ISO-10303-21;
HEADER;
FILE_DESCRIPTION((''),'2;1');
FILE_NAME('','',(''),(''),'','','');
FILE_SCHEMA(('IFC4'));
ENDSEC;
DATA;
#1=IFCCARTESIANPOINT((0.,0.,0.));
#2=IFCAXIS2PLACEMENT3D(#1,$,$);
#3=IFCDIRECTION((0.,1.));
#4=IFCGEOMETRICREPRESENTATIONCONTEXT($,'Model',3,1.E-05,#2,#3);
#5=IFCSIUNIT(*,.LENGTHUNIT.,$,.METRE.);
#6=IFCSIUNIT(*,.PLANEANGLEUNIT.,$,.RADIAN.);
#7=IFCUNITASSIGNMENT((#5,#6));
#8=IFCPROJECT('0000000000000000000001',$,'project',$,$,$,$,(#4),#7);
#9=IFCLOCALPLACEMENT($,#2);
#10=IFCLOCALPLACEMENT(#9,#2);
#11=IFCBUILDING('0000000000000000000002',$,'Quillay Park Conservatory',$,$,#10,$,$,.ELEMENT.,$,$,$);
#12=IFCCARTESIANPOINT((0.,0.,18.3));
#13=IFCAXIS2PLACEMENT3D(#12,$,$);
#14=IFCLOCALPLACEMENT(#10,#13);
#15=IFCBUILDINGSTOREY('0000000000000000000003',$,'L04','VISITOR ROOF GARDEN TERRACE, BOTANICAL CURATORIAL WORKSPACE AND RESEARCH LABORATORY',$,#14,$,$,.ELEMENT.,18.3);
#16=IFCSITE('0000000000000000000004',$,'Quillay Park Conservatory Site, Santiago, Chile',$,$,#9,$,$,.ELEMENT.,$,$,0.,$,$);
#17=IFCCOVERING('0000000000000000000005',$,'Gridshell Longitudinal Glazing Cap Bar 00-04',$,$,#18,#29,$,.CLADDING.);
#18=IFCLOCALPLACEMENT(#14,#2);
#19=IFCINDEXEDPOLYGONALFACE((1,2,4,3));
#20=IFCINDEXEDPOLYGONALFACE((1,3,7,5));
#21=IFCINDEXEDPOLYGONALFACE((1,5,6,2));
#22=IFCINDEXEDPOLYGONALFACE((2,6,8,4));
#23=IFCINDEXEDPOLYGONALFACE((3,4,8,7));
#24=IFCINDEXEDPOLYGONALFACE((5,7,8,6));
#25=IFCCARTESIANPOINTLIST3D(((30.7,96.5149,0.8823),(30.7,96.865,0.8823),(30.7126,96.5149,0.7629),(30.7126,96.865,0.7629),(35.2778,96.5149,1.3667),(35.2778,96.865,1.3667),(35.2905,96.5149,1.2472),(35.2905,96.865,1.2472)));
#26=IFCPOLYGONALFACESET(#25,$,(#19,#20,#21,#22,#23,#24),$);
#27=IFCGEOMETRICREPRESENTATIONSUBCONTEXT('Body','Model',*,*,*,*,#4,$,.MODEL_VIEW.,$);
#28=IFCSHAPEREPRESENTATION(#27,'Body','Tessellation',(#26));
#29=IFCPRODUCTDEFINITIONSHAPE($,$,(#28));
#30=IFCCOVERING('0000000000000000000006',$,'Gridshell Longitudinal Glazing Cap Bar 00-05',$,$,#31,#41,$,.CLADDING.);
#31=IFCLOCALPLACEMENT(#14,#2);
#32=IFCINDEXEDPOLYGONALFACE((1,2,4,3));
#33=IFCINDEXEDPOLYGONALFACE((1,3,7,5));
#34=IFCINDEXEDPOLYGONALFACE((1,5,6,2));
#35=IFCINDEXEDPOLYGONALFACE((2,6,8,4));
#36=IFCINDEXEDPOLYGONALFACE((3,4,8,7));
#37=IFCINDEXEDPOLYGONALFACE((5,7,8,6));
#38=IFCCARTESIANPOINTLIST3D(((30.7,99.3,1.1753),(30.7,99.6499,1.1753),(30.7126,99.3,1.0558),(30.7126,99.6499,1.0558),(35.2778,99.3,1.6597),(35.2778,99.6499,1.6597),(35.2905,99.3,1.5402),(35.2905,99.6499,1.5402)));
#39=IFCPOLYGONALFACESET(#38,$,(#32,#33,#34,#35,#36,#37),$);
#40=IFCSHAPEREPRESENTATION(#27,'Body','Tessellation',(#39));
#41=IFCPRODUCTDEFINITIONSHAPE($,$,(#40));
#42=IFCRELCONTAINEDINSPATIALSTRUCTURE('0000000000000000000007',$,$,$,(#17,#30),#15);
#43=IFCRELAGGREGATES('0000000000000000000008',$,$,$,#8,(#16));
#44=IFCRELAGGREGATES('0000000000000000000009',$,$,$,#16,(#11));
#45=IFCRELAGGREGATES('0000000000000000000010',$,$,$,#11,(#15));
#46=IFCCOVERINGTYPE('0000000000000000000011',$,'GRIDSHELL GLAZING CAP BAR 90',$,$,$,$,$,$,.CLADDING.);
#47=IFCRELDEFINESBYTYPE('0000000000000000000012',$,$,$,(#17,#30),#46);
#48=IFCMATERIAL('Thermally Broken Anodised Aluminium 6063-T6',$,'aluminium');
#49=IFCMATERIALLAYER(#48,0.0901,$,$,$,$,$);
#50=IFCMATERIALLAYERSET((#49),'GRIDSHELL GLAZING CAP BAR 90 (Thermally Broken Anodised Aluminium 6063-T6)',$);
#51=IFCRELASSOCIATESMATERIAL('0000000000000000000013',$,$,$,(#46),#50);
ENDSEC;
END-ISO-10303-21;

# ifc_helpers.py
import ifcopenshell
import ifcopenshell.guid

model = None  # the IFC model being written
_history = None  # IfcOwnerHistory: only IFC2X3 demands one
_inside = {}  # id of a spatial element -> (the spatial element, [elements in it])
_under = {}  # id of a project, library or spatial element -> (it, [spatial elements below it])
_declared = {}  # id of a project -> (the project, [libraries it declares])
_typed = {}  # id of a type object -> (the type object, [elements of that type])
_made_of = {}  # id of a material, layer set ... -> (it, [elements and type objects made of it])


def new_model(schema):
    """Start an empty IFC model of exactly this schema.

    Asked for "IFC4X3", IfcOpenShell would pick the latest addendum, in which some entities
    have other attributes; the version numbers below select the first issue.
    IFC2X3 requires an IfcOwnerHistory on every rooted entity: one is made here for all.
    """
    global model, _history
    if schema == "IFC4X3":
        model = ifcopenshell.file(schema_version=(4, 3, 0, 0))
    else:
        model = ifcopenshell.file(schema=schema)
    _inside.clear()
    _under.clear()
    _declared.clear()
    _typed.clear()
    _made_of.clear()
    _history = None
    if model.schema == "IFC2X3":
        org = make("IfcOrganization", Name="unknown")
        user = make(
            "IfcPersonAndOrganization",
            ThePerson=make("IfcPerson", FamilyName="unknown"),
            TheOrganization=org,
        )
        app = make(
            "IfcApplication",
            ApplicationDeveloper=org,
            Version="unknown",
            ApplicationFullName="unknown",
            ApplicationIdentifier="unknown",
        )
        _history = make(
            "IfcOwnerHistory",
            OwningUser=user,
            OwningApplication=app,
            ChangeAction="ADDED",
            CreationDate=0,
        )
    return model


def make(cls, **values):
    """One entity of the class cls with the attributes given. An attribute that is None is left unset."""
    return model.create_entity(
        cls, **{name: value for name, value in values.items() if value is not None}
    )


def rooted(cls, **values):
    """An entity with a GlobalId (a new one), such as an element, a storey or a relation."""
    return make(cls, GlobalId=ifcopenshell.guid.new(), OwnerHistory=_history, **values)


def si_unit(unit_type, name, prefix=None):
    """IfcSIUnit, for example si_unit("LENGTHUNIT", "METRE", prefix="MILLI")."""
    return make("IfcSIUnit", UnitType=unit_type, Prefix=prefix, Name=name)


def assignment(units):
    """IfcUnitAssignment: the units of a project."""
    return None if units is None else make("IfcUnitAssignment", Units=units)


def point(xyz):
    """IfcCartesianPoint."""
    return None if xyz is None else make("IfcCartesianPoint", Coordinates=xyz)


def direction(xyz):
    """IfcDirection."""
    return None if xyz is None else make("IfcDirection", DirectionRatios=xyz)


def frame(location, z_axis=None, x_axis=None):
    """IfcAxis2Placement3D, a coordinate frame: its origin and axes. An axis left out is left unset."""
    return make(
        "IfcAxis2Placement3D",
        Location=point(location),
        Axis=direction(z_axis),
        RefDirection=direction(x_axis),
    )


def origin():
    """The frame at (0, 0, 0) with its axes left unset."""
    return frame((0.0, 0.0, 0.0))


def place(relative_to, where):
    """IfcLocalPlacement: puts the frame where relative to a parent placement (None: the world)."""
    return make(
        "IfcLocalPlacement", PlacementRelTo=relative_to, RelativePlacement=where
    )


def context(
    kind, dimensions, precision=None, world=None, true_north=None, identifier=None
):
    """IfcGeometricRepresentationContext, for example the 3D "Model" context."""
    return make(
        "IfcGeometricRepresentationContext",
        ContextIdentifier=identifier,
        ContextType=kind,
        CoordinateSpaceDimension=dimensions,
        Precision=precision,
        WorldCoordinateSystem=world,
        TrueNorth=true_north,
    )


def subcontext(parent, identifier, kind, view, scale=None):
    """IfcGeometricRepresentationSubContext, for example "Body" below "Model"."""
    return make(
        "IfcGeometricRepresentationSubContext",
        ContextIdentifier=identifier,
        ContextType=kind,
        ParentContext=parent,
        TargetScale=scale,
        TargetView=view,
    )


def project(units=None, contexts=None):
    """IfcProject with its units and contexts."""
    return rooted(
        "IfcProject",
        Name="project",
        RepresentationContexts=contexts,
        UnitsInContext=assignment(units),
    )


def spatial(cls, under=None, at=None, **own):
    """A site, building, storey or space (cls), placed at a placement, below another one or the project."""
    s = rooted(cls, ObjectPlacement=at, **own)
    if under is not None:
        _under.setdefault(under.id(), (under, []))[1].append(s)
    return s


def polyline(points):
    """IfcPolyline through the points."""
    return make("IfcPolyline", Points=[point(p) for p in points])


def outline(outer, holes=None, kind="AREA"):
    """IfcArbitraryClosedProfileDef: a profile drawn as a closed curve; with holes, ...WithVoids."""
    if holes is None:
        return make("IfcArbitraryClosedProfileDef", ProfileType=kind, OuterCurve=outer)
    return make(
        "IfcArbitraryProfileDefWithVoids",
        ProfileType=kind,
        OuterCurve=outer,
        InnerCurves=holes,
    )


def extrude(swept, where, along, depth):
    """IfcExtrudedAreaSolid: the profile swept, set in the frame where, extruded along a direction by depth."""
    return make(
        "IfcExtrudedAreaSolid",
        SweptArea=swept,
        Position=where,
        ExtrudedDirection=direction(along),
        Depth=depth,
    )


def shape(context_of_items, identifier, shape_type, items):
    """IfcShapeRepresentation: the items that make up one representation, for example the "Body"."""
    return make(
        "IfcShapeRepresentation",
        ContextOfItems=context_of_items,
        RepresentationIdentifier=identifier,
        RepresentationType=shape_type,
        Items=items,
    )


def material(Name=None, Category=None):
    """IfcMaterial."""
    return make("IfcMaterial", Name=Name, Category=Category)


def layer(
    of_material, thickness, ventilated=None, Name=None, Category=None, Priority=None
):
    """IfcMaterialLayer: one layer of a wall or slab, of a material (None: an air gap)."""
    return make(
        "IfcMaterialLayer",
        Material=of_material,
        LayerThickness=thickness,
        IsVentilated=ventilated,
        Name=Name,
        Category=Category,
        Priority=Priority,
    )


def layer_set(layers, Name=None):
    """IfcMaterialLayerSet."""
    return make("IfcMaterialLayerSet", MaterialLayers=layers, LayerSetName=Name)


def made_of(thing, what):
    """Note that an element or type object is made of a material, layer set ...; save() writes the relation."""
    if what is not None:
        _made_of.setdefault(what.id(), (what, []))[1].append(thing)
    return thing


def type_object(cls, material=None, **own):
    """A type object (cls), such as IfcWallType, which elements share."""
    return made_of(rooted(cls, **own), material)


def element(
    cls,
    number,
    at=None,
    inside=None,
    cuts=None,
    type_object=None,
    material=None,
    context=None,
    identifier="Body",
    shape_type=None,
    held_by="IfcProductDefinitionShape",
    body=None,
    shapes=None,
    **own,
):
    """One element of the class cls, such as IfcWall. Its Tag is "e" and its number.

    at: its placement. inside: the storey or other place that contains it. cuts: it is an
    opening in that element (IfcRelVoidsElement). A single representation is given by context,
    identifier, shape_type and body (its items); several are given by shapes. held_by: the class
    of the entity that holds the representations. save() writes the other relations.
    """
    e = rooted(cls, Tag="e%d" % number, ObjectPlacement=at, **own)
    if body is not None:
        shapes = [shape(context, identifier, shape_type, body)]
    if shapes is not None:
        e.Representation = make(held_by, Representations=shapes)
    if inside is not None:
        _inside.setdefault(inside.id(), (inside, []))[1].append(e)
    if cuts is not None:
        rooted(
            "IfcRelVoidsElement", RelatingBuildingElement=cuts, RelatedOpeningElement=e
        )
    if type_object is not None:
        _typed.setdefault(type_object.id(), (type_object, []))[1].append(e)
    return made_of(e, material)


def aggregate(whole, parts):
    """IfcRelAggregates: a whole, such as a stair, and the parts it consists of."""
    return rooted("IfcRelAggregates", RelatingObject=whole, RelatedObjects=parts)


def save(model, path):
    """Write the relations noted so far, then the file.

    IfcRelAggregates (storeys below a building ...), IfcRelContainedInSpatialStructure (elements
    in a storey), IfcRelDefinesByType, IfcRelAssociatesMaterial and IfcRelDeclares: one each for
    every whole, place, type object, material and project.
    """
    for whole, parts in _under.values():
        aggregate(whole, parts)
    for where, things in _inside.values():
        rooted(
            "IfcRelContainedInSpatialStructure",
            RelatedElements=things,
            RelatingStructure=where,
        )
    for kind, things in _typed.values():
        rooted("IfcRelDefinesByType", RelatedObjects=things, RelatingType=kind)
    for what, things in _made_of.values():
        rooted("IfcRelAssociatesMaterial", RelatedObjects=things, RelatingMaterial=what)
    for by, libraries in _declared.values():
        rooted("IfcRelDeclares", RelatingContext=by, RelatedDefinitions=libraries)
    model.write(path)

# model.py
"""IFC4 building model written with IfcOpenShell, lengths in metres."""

from ifc_helpers import new_model, si_unit, direction, frame, origin, place, context, subcontext, project, spatial, polyline, outline, extrude, material, layer, layer_set, type_object, element, save


model = new_model("IFC4")

# Units and contexts
model_context = context("Model", 3, precision=1e-05, world=origin(), true_north=direction((0.0, 1.0)))
body_context = subcontext(model_context, "Body", "Model", "MODEL_VIEW")
ifc_project = project(units=[si_unit("LENGTHUNIT", "METRE"), si_unit("PLANEANGLEUNIT", "RADIAN")], contexts=[model_context])

# Site, building, storey
site_placement = place(None, origin())
site = spatial("IfcSite", under=ifc_project, at=site_placement, Name="Quillay Park Conservatory Site, Santiago, Chile", CompositionType="ELEMENT", RefElevation=0.0)
building_placement = place(site_placement, origin())
building = spatial("IfcBuilding", under=site, at=building_placement, Name="Quillay Park Conservatory", CompositionType="ELEMENT")
storey_placement = place(building_placement, frame((0.0, 0.0, 18.3)))
storey = spatial("IfcBuildingStorey", under=building, at=storey_placement, Name="L04", Description="VISITOR ROOF GARDEN TERRACE, BOTANICAL CURATORIAL WORKSPACE AND RESEARCH LABORATORY", CompositionType="ELEMENT", Elevation=18.3)

# Coverings
ifc_material_1 = material(Name="Thermally Broken Anodised Aluminium 6063-T6", Category="aluminium")
ifc_layer_1 = layer(ifc_material_1, 0.0901)
ifc_layer_set_1 = layer_set([ifc_layer_1], Name="GRIDSHELL GLAZING CAP BAR 90 (Thermally Broken Anodised Aluminium 6063-T6)")
covering_type = type_object("IfcCoveringType", Name="GRIDSHELL GLAZING CAP BAR 90", PredefinedType="CLADDING", material=ifc_layer_set_1)
covering_1_placement = place(storey_placement, frame((30.7, 96.5149, 0.8823), z_axis=(-0.10522, 0.0, 0.994449), x_axis=(0.994449, 0.0, 0.10522)))
element("IfcCovering", 1, at=covering_1_placement, inside=storey, type_object=covering_type, Name="Gridshell Longitudinal Glazing Cap Bar 00-04", PredefinedType="CLADDING", context=body_context, shape_type="SweptSolid", body=[
    extrude(outline(polyline([(0.0, 0.0), (4.6034, 0.0), (4.6034, 0.3501), (0.0, 0.3501), (0.0, 0.0)])), origin(), (0.0, 0.0, -1.0), 0.1201),
])
covering_2_placement = place(storey_placement, frame((30.7, 99.3, 1.1753), z_axis=(-0.10522, 0.0, 0.994449), x_axis=(0.994449, 0.0, 0.10522)))
element("IfcCovering", 2, at=covering_2_placement, inside=storey, type_object=covering_type, Name="Gridshell Longitudinal Glazing Cap Bar 00-05", PredefinedType="CLADDING", context=body_context, shape_type="SweptSolid", body=[
    extrude(outline(polyline([(0.0, 0.0), (4.6034, 0.0), (4.6034, 0.3499), (0.0, 0.3499), (0.0, 0.0)])), origin(), (0.0, 0.0, -1.0), 0.1201),
])

save(model, "model.ifc")
